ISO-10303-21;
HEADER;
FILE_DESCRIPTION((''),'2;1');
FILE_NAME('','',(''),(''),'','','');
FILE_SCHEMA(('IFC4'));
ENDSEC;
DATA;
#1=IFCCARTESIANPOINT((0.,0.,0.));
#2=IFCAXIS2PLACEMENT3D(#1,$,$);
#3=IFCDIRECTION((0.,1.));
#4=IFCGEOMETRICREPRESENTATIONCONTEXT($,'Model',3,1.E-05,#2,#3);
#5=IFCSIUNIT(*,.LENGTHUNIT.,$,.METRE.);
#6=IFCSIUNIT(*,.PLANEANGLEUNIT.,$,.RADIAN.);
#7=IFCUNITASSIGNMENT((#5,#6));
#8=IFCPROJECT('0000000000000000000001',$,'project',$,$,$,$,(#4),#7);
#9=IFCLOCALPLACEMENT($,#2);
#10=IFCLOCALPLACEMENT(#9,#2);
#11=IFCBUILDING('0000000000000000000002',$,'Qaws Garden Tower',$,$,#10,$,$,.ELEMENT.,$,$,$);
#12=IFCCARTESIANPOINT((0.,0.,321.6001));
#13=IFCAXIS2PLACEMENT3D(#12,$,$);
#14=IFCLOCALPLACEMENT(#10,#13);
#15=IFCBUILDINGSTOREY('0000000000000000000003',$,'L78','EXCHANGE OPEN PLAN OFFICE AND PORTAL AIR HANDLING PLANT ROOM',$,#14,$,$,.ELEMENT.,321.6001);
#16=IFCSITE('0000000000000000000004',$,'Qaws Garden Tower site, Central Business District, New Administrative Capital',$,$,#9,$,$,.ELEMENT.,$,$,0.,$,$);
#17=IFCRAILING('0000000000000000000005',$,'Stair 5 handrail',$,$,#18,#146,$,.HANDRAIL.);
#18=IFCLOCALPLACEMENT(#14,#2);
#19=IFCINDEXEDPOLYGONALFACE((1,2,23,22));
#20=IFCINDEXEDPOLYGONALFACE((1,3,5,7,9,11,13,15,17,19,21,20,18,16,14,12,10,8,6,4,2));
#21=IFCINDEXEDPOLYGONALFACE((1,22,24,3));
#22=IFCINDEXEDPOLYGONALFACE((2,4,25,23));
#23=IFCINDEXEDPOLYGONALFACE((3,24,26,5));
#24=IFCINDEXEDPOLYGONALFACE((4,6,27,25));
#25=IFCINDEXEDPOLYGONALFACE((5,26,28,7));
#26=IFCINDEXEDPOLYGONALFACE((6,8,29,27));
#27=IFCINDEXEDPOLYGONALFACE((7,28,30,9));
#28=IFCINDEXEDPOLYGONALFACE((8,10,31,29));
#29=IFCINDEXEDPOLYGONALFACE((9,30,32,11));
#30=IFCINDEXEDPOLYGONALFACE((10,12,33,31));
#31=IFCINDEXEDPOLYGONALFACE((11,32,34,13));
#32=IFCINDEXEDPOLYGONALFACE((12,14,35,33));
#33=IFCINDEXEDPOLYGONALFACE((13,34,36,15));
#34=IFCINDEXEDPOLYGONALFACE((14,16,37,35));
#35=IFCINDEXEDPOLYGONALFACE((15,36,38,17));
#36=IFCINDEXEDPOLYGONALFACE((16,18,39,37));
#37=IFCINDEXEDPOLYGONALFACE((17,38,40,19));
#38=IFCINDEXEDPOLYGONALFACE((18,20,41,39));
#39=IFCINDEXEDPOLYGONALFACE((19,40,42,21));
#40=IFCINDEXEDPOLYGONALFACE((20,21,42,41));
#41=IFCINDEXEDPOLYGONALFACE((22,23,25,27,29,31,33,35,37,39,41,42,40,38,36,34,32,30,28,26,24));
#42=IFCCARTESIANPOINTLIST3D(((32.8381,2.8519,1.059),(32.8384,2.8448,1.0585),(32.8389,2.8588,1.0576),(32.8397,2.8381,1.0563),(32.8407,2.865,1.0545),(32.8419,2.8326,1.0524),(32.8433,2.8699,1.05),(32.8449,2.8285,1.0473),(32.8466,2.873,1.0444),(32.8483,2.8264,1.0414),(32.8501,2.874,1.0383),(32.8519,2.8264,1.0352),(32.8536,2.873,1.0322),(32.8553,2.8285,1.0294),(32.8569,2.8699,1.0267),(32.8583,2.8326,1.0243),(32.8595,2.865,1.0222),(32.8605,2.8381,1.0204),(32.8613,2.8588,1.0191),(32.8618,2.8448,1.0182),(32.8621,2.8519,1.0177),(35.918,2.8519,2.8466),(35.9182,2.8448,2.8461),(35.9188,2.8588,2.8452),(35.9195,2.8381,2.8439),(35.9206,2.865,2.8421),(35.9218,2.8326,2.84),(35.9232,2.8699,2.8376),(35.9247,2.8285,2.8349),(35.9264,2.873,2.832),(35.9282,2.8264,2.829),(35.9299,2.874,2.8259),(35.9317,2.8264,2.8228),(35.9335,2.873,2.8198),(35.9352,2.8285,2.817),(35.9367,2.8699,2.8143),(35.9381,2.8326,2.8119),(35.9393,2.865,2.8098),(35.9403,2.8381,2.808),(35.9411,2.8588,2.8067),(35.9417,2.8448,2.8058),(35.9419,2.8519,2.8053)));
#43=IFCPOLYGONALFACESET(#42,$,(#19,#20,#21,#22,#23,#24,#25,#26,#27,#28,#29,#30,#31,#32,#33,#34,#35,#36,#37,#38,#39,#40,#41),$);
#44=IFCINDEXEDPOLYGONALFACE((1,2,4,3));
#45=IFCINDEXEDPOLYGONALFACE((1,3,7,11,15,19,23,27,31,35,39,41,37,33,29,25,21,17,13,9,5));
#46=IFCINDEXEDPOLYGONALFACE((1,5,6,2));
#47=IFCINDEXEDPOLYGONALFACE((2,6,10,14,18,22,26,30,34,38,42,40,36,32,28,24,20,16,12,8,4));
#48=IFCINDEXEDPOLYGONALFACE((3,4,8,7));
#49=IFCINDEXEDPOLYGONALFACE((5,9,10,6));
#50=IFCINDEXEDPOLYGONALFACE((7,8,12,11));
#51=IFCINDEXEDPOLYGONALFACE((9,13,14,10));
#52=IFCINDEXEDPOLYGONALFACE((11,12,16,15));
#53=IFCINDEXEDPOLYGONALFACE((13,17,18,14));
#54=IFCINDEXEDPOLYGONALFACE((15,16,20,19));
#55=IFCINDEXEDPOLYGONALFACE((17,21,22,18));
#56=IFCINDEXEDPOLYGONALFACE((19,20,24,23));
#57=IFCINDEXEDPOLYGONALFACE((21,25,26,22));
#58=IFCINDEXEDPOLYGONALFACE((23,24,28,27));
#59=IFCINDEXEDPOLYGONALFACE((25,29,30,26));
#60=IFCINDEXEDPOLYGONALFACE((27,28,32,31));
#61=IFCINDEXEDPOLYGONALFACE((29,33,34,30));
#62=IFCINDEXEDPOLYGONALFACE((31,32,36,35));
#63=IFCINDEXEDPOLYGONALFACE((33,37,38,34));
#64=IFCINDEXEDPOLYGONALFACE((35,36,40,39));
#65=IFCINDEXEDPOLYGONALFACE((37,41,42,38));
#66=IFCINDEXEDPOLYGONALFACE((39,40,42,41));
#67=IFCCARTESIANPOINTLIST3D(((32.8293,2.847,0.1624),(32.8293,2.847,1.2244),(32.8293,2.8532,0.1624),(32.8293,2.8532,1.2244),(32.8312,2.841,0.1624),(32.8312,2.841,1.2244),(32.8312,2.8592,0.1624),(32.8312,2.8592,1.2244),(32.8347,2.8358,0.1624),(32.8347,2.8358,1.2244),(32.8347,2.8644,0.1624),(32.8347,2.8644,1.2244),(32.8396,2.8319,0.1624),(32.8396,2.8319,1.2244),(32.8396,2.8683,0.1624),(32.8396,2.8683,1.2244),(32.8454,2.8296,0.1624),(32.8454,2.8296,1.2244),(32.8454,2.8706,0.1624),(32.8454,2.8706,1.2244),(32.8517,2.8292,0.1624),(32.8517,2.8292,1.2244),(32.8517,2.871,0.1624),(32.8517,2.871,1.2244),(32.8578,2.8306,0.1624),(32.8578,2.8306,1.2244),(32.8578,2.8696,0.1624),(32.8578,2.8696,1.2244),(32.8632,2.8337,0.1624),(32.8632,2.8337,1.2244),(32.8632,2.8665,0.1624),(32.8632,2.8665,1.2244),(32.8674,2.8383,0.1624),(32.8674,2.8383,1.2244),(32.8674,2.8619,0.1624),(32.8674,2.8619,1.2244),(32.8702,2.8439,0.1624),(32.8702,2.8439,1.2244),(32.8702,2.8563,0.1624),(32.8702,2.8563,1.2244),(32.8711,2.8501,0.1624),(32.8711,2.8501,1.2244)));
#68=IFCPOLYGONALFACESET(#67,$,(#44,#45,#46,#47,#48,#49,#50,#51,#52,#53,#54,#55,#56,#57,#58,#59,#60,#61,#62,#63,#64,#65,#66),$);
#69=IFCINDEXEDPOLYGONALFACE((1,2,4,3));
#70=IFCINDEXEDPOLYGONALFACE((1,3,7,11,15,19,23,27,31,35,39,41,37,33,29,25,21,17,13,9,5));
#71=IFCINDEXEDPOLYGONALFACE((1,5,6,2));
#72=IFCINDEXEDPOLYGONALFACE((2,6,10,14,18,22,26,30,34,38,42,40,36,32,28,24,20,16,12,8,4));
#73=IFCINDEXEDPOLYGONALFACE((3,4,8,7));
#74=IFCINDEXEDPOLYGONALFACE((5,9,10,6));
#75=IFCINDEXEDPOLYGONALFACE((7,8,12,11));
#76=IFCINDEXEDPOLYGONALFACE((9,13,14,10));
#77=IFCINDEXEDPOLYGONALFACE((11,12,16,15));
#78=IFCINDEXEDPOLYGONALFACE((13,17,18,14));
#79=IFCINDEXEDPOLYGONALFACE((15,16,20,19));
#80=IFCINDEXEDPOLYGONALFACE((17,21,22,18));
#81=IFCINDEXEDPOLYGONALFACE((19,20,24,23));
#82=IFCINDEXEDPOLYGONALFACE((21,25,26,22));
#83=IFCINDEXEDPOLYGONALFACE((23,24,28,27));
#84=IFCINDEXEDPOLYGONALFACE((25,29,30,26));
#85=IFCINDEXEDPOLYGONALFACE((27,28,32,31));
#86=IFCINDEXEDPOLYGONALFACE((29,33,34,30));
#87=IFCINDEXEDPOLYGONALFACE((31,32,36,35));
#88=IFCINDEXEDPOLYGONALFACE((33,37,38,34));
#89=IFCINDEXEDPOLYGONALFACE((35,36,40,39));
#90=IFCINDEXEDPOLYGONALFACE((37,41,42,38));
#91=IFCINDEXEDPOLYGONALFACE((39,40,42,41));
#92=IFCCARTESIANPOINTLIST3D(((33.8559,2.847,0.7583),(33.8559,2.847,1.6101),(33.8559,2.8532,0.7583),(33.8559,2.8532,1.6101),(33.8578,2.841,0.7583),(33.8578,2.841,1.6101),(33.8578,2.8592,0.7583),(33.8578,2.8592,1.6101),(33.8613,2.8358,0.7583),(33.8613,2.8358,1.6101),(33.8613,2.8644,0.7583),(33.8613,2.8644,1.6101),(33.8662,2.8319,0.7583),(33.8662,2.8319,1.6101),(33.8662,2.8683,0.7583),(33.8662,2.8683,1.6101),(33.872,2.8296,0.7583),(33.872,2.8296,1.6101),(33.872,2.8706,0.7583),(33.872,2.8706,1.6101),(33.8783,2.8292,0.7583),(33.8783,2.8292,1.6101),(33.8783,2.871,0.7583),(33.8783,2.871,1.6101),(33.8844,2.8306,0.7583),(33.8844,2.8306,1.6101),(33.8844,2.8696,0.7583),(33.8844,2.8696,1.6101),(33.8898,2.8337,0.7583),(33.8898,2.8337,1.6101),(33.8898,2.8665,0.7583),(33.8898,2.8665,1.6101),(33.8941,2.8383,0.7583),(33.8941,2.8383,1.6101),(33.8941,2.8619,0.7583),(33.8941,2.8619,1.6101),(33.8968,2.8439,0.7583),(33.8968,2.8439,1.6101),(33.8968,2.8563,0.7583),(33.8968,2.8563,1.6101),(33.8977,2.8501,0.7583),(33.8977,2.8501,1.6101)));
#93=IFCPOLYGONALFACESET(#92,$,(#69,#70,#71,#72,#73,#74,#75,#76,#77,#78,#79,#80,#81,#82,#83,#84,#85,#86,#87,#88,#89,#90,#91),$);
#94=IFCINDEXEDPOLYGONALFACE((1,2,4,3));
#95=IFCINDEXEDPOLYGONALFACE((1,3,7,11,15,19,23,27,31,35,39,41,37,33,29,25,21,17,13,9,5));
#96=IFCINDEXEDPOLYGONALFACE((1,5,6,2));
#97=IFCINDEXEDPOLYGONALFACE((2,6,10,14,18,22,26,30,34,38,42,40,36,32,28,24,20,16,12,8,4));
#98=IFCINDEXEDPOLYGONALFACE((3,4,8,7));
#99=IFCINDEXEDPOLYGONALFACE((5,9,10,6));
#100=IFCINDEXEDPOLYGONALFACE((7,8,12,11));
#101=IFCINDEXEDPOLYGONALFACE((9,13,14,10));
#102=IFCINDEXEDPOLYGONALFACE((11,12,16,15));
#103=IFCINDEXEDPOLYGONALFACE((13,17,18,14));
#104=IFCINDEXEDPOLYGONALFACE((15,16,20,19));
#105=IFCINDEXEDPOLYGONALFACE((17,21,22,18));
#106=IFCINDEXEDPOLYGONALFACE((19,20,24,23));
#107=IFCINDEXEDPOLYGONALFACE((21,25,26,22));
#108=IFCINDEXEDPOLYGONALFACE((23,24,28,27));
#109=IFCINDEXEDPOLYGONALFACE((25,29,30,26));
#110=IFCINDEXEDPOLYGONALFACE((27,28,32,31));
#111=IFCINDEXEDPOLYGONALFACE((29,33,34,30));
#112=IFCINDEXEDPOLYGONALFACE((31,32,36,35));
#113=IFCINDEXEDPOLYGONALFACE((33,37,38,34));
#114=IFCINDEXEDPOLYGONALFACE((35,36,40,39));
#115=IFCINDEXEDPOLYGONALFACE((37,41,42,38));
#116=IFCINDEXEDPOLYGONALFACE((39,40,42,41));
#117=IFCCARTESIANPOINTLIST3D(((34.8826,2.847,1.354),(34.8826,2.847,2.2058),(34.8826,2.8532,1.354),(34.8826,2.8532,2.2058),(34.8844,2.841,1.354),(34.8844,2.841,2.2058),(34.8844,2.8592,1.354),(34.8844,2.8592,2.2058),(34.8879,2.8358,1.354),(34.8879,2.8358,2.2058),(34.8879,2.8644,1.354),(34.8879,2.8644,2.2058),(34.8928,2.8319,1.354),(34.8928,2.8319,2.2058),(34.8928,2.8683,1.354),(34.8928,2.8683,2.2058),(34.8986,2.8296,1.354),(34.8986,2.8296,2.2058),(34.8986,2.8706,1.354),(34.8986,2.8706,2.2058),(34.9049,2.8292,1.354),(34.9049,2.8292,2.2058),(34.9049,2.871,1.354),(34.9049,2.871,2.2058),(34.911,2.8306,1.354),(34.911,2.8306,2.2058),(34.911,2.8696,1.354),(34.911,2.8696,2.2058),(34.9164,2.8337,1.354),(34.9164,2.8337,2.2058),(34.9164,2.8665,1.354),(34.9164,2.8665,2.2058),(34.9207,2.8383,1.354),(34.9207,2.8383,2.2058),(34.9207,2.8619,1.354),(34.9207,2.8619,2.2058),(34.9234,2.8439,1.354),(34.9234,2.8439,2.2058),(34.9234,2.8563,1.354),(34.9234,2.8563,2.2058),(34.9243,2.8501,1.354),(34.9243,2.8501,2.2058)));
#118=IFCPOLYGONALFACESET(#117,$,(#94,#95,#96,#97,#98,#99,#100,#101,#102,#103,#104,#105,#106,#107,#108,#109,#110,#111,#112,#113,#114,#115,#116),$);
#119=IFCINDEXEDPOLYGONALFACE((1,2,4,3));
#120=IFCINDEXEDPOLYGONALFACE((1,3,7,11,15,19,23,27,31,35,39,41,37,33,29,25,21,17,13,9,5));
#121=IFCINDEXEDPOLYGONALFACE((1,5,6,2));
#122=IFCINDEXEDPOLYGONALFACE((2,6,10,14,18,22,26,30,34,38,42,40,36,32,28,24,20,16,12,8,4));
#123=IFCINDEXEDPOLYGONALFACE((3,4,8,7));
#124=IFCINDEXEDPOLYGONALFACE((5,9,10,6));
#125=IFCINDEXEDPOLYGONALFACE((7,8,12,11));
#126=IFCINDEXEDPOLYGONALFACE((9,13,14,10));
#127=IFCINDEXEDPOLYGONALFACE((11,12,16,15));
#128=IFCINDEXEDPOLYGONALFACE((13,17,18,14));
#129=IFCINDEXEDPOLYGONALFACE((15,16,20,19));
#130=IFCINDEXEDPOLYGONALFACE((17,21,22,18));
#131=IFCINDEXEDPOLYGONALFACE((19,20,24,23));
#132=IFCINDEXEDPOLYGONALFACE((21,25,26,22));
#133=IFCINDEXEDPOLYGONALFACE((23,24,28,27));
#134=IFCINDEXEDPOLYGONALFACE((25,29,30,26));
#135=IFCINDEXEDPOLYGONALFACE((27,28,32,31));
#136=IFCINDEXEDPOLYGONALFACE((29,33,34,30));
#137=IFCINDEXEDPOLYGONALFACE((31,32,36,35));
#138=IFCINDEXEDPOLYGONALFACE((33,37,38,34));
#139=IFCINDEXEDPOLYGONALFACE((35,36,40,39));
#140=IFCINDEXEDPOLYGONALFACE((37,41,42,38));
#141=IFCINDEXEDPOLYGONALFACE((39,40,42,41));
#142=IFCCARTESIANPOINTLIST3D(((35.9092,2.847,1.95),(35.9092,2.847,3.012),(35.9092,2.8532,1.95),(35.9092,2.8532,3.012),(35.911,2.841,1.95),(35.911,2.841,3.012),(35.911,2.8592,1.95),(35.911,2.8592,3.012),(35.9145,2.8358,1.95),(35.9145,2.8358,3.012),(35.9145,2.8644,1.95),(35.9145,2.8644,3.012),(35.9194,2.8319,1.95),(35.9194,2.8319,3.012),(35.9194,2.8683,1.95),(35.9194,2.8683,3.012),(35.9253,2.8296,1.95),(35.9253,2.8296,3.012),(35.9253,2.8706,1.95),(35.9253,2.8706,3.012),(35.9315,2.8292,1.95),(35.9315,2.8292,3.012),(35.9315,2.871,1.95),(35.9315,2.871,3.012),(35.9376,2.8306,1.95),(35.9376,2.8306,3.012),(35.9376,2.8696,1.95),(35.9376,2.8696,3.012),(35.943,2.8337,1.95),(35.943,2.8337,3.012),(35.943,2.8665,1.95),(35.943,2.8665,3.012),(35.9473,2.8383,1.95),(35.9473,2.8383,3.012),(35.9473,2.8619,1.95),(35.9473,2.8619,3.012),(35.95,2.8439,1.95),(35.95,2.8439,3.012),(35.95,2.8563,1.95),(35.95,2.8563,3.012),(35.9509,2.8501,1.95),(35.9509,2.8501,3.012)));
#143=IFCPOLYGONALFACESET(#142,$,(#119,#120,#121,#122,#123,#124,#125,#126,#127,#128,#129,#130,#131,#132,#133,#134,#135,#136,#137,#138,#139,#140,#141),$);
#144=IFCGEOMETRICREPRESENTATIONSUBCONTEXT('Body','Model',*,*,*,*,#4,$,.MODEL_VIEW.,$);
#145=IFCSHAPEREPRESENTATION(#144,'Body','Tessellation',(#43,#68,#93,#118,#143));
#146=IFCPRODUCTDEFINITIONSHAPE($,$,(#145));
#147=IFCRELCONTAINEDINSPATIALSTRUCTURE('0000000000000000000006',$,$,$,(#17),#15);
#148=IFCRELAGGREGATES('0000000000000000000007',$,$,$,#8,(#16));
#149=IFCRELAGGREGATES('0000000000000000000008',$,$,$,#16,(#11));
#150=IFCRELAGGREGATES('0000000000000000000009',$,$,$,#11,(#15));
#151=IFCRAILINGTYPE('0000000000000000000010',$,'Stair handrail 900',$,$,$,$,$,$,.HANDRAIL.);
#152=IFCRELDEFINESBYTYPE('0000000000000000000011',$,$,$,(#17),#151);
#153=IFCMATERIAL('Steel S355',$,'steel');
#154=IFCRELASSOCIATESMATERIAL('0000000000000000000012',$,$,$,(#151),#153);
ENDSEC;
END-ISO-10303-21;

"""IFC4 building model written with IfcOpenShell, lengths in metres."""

from ifc_helpers import new_model, si_unit, direction, frame, origin, origin_2d, place, context, subcontext, project, spatial, circle, extrude, material, type_object, element, save


model = new_model("IFC4")

# Units and contexts
model_context = context("Model", 3, precision=1e-05, world=origin(), true_north=direction((0.0, 1.0)))
body_context = subcontext(model_context, "Body", "Model", "MODEL_VIEW")
ifc_project = project(units=[si_unit("LENGTHUNIT", "METRE"), si_unit("PLANEANGLEUNIT", "RADIAN")], contexts=[model_context])

# Site, building, storey
site_placement = place(None, origin())
site = spatial("IfcSite", under=ifc_project, at=site_placement, Name="Qaws Garden Tower site, Central Business District, New Administrative Capital", CompositionType="ELEMENT", RefElevation=0.0)
building_placement = place(site_placement, origin())
building = spatial("IfcBuilding", under=site, at=building_placement, Name="Qaws Garden Tower", CompositionType="ELEMENT")
storey_placement = place(building_placement, frame((0.0, 0.0, 321.6001)))
storey = spatial("IfcBuildingStorey", under=building, at=storey_placement, Name="L78", Description="EXCHANGE OPEN PLAN OFFICE AND PORTAL AIR HANDLING PLANT ROOM", CompositionType="ELEMENT", Elevation=321.6001)

# Railing
ifc_material_1 = material(Name="Steel S355", Category="steel")
railing_type = type_object("IfcRailingType", Name="Stair handrail 900", PredefinedType="HANDRAIL", material=ifc_material_1)
railing_1_placement = place(storey_placement, frame((32.8501, 2.8501, 0.1624)))
element("IfcRailing", 1, at=railing_1_placement, inside=storey, type_object=railing_type, Name="Stair 5 handrail", PredefinedType="HANDRAIL", context=body_context, shape_type="SweptSolid", body=[
    extrude(circle(Radius=0.0239, at=origin_2d()), frame((0.0, 0.0, 0.876), z_axis=(0.864873, 0.0, 0.50199), x_axis=(0.0, 1.0, 0.0)), (0.0, 0.0, 1.0), 3.561),
    extrude(circle(Radius=0.021, at=origin_2d()), origin(), (0.0, 0.0, 1.0), 1.062),
    extrude(circle(Radius=0.021, at=origin_2d()), frame((1.0266, 0.0, 0.5959)), (0.0, 0.0, 1.0), 0.8518),
    extrude(circle(Radius=0.021, at=origin_2d()), frame((2.0532, 0.0, 1.1917)), (0.0, 0.0, 1.0), 0.8518),
    extrude(circle(Radius=0.021, at=origin_2d()), frame((3.0798, 0.0, 1.7876)), (0.0, 0.0, 1.0), 1.062),
])

save(model, "model.ifc")
